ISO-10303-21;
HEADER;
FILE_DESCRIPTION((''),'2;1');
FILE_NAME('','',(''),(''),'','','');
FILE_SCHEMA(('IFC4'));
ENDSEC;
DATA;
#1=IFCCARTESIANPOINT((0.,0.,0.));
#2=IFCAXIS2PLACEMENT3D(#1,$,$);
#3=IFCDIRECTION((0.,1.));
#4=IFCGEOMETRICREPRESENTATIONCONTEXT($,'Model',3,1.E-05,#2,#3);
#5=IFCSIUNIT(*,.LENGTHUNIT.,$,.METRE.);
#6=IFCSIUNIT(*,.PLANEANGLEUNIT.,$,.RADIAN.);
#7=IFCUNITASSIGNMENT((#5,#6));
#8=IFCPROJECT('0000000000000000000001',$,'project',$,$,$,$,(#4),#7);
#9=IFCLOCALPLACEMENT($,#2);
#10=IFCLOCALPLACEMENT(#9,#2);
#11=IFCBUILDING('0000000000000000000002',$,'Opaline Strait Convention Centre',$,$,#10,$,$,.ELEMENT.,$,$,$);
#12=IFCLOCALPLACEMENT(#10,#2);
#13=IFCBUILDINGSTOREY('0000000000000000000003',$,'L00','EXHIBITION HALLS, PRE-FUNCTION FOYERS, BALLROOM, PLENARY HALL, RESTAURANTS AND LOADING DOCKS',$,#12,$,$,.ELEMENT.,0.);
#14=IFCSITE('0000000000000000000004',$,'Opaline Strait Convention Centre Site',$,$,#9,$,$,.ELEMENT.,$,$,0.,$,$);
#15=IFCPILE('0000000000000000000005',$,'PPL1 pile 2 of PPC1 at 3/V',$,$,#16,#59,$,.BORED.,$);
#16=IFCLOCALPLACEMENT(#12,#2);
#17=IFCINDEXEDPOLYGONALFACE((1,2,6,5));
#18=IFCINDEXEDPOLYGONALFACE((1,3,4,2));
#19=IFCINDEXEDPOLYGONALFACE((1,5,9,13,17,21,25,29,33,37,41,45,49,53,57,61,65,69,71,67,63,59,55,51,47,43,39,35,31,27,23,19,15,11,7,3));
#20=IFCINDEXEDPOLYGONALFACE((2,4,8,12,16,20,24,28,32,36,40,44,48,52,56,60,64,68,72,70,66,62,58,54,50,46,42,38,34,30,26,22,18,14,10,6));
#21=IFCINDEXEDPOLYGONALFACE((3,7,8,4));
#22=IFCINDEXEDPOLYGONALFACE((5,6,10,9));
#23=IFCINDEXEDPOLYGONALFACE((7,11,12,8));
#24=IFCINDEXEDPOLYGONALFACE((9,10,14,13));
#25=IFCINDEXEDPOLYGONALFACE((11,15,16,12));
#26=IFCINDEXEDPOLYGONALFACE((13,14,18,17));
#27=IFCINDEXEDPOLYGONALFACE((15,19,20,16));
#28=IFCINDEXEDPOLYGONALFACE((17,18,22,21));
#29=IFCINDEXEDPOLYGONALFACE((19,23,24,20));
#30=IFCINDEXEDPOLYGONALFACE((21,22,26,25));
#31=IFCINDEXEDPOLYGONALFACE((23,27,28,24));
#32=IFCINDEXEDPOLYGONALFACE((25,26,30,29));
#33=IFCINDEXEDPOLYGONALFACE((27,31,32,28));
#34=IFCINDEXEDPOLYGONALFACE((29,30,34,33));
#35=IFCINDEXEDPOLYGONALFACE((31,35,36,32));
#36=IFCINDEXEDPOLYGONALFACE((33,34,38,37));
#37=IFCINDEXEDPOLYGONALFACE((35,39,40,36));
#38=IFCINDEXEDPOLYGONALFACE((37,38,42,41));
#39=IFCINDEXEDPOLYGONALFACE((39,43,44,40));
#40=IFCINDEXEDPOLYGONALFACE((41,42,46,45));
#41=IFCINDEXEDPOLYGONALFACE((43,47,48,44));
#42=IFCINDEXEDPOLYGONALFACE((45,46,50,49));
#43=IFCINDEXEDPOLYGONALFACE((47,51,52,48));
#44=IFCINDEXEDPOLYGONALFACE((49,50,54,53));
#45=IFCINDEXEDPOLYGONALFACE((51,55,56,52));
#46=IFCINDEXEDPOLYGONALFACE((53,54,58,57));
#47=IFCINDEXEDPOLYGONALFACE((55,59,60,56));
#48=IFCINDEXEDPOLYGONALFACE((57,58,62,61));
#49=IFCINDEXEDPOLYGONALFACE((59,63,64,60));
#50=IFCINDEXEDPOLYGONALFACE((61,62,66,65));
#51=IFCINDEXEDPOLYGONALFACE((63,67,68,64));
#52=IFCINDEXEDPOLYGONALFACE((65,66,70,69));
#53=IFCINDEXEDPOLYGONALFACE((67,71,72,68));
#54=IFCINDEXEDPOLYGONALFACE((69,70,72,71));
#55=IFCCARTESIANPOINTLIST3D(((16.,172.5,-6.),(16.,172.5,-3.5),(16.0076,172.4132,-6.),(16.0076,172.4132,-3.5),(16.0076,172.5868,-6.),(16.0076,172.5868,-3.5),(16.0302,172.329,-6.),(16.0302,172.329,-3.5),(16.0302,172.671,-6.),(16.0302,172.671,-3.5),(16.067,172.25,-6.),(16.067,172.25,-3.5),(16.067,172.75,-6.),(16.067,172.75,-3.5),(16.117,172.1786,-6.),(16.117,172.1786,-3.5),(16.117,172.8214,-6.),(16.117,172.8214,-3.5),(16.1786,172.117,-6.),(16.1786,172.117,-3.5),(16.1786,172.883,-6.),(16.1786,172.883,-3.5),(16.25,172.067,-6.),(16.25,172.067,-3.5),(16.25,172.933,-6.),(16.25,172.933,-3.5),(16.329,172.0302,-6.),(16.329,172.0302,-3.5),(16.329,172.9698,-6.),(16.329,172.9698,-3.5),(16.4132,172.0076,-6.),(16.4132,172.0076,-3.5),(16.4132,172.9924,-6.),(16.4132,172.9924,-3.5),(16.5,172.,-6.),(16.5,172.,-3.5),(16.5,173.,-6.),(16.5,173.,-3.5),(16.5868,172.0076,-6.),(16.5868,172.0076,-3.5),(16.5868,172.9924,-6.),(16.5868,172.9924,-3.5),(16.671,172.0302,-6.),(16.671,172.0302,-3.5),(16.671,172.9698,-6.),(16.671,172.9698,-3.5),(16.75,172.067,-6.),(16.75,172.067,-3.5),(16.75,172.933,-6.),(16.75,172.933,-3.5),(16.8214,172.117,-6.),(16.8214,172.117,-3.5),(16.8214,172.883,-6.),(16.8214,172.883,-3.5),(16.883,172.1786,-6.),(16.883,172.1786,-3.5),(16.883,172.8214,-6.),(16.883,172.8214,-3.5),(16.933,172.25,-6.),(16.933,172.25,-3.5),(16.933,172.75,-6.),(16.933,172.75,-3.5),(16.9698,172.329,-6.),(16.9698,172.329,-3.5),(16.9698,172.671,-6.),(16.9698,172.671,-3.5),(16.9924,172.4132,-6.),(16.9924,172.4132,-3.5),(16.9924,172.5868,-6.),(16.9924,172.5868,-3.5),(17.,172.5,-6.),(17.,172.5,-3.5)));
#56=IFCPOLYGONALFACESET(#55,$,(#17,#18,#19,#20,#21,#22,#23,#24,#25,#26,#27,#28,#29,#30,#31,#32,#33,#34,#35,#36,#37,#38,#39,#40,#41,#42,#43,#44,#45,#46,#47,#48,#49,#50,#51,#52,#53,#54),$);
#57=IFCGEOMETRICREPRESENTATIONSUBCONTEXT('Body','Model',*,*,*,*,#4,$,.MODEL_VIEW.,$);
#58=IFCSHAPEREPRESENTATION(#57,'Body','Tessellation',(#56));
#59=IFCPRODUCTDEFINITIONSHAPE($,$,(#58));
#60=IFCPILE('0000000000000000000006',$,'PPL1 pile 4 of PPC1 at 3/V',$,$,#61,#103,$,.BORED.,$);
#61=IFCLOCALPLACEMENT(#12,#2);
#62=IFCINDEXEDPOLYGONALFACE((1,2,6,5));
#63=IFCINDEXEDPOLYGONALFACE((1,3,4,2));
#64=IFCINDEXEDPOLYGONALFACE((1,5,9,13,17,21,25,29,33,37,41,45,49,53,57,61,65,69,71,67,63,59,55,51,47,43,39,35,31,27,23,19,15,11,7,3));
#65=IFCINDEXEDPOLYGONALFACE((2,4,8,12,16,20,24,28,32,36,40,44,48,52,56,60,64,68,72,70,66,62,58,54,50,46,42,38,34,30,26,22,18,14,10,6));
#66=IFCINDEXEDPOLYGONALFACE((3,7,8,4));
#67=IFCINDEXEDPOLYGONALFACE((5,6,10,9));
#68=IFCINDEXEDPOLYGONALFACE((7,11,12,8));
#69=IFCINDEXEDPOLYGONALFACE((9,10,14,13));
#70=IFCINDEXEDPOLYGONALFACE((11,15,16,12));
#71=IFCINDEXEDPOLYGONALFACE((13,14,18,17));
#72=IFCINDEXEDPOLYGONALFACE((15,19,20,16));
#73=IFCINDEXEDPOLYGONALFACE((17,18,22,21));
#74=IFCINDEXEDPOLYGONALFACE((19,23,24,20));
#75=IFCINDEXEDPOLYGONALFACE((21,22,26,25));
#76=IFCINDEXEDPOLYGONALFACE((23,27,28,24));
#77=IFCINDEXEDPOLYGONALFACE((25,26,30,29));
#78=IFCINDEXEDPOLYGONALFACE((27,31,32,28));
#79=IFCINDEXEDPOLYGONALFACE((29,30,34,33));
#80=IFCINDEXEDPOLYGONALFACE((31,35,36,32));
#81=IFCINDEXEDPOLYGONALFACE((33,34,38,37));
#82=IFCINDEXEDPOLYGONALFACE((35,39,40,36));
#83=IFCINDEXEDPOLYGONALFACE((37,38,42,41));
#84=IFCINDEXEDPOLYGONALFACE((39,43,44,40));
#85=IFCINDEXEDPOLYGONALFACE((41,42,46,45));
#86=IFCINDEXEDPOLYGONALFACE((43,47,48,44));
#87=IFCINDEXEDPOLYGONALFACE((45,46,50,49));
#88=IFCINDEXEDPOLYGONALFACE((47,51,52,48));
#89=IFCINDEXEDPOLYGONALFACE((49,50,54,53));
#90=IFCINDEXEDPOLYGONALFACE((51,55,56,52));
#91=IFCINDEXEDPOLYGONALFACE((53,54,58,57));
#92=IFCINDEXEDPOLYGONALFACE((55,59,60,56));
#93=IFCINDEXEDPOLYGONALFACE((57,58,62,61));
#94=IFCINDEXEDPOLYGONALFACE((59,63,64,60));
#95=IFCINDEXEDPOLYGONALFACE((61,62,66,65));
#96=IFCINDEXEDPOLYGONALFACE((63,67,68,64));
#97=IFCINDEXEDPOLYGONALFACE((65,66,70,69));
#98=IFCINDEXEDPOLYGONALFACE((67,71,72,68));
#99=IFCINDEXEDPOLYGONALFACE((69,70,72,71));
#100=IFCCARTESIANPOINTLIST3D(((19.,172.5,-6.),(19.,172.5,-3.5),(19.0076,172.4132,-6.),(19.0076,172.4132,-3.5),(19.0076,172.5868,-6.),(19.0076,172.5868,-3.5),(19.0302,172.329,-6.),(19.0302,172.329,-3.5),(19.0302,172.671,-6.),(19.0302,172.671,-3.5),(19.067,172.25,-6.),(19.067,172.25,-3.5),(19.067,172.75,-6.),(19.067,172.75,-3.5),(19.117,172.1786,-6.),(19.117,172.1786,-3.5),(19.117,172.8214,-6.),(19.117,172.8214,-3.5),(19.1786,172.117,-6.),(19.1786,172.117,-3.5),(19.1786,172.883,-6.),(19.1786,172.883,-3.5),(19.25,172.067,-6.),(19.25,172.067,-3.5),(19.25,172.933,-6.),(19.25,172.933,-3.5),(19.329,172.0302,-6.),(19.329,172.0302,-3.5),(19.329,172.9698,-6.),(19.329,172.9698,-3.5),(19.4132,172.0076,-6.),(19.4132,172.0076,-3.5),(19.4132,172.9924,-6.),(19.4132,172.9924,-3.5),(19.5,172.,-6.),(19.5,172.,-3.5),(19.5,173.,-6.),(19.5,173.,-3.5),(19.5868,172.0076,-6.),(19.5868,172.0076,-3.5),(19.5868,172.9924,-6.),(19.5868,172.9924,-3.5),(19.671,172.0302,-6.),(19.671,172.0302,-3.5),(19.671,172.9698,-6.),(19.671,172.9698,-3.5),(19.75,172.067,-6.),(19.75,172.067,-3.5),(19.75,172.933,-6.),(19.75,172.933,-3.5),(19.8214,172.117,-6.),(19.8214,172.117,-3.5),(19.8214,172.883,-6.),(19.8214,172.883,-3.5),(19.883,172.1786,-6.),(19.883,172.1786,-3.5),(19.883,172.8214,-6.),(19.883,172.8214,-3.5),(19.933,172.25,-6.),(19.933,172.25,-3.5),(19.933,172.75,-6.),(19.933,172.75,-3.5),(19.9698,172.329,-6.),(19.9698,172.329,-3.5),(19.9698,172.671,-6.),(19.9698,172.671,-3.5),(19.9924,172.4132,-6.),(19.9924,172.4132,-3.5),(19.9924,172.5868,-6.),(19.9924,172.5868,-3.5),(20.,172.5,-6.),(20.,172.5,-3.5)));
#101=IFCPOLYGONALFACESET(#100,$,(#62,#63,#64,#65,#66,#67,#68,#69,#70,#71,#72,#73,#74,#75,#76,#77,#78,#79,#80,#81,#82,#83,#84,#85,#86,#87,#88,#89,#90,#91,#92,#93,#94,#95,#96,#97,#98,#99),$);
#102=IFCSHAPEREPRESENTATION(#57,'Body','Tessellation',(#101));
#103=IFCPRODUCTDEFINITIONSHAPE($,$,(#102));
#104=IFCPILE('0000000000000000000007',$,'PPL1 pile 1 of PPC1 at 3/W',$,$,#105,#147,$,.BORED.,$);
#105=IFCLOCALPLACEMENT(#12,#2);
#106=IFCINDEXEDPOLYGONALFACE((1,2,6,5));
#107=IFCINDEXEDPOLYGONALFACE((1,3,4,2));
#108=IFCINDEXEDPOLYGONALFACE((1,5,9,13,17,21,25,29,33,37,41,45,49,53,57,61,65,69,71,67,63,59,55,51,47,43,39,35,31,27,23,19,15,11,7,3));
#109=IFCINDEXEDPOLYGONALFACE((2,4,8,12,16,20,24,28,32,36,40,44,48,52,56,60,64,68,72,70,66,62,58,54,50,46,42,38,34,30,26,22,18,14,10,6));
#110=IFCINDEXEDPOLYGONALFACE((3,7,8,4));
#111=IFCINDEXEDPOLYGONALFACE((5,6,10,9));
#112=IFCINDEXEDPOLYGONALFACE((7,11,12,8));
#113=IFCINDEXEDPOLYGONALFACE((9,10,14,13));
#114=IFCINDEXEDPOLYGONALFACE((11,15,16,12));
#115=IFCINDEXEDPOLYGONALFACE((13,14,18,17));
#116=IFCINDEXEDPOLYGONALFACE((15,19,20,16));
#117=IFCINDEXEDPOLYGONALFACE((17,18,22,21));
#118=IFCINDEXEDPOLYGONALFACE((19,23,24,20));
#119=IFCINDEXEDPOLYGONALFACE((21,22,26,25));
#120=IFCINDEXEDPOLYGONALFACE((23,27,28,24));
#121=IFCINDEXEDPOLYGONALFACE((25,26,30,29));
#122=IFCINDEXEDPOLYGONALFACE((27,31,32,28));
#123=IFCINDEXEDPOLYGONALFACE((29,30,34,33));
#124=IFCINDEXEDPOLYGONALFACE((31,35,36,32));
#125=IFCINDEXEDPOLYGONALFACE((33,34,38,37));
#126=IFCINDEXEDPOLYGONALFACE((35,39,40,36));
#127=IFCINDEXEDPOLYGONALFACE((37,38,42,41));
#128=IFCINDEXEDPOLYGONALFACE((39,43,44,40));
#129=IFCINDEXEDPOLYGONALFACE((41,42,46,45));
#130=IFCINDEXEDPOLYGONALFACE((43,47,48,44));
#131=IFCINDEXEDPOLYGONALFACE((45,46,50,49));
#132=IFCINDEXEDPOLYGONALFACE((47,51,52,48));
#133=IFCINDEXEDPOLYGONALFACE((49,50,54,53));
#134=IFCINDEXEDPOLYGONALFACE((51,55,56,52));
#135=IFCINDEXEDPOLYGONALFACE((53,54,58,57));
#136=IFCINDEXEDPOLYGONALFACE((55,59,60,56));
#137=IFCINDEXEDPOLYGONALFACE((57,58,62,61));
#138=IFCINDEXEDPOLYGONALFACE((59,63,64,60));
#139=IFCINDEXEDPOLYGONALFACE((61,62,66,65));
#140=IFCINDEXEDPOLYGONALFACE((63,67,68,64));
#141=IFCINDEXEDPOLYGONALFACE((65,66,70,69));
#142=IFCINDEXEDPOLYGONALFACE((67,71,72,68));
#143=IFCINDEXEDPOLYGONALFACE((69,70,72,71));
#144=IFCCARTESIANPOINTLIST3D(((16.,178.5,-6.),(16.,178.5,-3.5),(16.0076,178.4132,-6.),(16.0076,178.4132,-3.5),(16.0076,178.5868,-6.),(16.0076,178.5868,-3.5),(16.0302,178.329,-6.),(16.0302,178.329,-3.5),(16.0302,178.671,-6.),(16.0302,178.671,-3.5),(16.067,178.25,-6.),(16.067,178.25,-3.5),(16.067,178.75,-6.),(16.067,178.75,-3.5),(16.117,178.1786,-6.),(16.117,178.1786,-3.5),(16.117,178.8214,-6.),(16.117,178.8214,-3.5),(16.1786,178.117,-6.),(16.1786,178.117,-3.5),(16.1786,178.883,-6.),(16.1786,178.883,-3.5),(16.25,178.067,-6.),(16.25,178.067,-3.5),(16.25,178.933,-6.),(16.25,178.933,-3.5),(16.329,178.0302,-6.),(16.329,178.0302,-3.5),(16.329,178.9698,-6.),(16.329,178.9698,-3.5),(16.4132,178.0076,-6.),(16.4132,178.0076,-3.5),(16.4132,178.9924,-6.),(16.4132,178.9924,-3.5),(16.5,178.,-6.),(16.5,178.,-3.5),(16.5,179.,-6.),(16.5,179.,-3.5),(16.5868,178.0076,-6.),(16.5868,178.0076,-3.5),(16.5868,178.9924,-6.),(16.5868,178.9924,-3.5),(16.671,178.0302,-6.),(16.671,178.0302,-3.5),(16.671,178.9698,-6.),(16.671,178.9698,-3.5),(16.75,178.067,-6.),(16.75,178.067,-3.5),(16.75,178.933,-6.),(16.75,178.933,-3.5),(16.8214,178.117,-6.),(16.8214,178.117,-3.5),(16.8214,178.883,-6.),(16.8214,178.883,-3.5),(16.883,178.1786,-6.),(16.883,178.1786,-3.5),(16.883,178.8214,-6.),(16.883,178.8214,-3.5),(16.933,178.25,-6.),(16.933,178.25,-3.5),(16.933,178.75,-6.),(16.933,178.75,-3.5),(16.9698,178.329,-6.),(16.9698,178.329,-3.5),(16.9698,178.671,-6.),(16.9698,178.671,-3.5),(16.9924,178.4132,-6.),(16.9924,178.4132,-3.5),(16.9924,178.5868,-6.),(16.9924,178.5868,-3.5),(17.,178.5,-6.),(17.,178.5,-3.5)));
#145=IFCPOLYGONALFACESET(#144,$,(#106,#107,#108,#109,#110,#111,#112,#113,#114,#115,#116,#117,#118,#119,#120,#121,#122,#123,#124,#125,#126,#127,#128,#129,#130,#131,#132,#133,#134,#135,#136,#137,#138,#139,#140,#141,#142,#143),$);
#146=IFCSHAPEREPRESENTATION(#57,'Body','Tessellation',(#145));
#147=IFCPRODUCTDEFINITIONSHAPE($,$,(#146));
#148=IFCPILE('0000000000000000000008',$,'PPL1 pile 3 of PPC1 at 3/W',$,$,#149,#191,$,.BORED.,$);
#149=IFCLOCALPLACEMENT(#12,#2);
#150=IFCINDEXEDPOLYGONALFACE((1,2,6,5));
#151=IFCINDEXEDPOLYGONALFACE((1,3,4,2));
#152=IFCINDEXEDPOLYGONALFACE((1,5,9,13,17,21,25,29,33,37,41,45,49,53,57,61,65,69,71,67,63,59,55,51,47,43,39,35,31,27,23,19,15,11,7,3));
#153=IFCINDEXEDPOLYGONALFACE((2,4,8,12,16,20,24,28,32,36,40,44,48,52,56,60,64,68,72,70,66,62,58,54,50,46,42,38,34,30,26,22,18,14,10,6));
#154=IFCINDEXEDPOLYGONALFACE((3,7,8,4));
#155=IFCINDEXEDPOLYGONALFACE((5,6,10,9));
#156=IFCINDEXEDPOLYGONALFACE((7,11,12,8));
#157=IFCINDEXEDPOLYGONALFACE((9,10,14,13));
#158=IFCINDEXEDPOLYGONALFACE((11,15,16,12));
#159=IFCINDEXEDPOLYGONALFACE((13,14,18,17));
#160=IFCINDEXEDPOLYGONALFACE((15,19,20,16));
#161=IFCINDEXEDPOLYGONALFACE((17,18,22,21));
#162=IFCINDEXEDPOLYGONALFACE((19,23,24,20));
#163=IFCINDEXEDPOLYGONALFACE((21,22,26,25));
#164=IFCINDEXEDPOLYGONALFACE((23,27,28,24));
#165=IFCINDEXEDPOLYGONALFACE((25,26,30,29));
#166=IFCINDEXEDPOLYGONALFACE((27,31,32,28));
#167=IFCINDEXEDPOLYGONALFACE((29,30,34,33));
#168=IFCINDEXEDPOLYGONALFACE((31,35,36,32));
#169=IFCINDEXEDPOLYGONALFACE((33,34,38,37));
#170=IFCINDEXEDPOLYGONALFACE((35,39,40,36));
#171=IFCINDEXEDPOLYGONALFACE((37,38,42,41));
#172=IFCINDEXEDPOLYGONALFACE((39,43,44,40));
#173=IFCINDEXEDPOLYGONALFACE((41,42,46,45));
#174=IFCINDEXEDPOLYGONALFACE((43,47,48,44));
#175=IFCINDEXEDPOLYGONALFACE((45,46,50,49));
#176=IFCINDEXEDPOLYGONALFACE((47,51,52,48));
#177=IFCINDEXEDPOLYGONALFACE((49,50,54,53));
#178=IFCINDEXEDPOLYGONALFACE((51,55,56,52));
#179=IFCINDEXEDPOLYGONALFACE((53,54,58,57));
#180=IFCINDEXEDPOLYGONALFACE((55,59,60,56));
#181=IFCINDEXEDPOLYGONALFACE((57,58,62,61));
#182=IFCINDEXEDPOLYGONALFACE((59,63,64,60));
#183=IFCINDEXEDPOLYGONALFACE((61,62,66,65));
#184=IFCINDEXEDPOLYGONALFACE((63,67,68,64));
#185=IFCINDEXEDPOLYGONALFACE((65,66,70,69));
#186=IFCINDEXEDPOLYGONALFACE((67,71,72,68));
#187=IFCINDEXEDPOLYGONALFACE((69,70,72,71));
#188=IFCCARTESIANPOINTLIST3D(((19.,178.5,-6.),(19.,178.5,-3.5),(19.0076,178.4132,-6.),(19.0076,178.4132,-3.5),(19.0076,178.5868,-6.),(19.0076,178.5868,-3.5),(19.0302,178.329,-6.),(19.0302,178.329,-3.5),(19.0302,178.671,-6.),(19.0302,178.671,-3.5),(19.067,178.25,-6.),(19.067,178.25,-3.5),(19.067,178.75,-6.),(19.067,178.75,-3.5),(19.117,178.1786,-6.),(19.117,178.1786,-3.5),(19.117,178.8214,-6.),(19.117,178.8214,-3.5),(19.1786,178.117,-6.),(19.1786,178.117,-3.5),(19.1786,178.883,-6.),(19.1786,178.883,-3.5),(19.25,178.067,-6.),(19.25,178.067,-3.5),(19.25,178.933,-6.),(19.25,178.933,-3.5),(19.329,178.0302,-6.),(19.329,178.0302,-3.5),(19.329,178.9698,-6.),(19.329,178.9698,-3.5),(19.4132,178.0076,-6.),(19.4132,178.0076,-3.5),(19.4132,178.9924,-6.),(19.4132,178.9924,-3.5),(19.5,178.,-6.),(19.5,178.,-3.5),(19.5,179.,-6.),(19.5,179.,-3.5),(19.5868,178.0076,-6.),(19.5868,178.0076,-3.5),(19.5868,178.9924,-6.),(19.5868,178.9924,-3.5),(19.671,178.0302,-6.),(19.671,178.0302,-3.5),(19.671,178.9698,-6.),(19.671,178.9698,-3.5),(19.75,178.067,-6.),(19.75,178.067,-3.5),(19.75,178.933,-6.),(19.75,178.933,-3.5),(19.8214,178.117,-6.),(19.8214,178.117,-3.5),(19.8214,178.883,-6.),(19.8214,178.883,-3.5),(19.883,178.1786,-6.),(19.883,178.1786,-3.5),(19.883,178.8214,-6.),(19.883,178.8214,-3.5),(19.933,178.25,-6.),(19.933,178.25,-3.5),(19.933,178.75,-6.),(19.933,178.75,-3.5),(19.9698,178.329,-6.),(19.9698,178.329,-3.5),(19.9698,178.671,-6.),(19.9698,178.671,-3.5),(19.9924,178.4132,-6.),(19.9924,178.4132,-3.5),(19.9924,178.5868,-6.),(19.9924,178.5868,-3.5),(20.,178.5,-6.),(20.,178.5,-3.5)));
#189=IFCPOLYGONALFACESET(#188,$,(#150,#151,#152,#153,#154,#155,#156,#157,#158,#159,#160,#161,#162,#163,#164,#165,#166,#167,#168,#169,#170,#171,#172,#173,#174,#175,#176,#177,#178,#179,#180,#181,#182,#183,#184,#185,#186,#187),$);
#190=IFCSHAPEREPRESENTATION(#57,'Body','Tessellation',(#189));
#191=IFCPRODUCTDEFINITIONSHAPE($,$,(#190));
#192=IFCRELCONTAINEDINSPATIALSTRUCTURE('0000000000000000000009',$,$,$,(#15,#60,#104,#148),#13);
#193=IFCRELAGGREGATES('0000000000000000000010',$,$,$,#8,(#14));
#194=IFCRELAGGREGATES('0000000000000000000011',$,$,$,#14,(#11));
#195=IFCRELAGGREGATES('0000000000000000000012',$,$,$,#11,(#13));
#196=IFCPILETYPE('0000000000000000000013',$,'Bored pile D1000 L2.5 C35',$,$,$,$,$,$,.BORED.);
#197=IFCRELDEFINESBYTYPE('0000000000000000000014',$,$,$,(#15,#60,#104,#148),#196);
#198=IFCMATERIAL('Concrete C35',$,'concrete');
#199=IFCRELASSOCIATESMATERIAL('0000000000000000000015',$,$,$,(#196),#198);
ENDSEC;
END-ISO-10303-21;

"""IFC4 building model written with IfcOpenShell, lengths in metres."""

from ifc_helpers import new_model, si_unit, direction, frame, origin, origin_2d, place, context, subcontext, project, spatial, circle, extrude, material, material_profile, profile_set, type_object, element, save


model = new_model("IFC4")

# Units and contexts
model_context = context("Model", 3, precision=1e-05, world=origin(), true_north=direction((0.0, 1.0)))
body_context = subcontext(model_context, "Body", "Model", "MODEL_VIEW")
ifc_project = project(units=[si_unit("LENGTHUNIT", "METRE"), si_unit("PLANEANGLEUNIT", "RADIAN")], contexts=[model_context])

# Site, building, storey
site_placement = place(None, origin())
site = spatial("IfcSite", under=ifc_project, at=site_placement, Name="Opaline Strait Convention Centre Site", CompositionType="ELEMENT", RefElevation=0.0)
building_placement = place(site_placement, origin())
building = spatial("IfcBuilding", under=site, at=building_placement, Name="Opaline Strait Convention Centre", CompositionType="ELEMENT")
storey_placement = place(building_placement, origin())
storey = spatial("IfcBuildingStorey", under=building, at=storey_placement, Name="L00", Description="EXHIBITION HALLS, PRE-FUNCTION FOYERS, BALLROOM, PLENARY HALL, RESTAURANTS AND LOADING DOCKS", CompositionType="ELEMENT", Elevation=0.0)

# Piles
ifc_material_1 = material(Name="Concrete C35", Category="concrete")
ifc_material_profile_1 = material_profile(ifc_material_1, circle(Radius=0.5, at=origin_2d()), Name="D1000")
ifc_profile_set_1 = profile_set([ifc_material_profile_1], Name="Concrete C35")
pile_type_1 = type_object("IfcPileType", Name="Bored pile D1000 L2.5 C35", PredefinedType="BORED", material=ifc_profile_set_1)
for number, where, z_axis, x_axis, name in (
    (1, (16.5, 172.5, -3.5), (0.0, 0.0, -1.0), (1.0, 0.0, 0.0), "PPL1 pile 2 of PPC1 at 3/V"),
    (2, (19.5, 172.5, -3.5), (0.0, 0.0, -1.0), (1.0, 0.0, 0.0), "PPL1 pile 4 of PPC1 at 3/V"),
    (3, (16.5, 178.5, -3.5), (0.0, 0.0, -1.0), (1.0, 0.0, 0.0), "PPL1 pile 1 of PPC1 at 3/W"),
    (4, (19.5, 178.5, -3.5), (0.0, 0.0, -1.0), (1.0, 0.0, 0.0), "PPL1 pile 3 of PPC1 at 3/W"),
):
    element("IfcPile", number, at=place(storey_placement, frame(where, z_axis=z_axis, x_axis=x_axis)), inside=storey, type_object=pile_type_1, Name=name, PredefinedType="BORED", context=body_context, shape_type="SweptSolid", body=[
        extrude(circle(Radius=0.5, at=origin_2d()), origin(), (0.0, 0.0, 1.0), 2.5),
    ])

save(model, "model.ifc")
